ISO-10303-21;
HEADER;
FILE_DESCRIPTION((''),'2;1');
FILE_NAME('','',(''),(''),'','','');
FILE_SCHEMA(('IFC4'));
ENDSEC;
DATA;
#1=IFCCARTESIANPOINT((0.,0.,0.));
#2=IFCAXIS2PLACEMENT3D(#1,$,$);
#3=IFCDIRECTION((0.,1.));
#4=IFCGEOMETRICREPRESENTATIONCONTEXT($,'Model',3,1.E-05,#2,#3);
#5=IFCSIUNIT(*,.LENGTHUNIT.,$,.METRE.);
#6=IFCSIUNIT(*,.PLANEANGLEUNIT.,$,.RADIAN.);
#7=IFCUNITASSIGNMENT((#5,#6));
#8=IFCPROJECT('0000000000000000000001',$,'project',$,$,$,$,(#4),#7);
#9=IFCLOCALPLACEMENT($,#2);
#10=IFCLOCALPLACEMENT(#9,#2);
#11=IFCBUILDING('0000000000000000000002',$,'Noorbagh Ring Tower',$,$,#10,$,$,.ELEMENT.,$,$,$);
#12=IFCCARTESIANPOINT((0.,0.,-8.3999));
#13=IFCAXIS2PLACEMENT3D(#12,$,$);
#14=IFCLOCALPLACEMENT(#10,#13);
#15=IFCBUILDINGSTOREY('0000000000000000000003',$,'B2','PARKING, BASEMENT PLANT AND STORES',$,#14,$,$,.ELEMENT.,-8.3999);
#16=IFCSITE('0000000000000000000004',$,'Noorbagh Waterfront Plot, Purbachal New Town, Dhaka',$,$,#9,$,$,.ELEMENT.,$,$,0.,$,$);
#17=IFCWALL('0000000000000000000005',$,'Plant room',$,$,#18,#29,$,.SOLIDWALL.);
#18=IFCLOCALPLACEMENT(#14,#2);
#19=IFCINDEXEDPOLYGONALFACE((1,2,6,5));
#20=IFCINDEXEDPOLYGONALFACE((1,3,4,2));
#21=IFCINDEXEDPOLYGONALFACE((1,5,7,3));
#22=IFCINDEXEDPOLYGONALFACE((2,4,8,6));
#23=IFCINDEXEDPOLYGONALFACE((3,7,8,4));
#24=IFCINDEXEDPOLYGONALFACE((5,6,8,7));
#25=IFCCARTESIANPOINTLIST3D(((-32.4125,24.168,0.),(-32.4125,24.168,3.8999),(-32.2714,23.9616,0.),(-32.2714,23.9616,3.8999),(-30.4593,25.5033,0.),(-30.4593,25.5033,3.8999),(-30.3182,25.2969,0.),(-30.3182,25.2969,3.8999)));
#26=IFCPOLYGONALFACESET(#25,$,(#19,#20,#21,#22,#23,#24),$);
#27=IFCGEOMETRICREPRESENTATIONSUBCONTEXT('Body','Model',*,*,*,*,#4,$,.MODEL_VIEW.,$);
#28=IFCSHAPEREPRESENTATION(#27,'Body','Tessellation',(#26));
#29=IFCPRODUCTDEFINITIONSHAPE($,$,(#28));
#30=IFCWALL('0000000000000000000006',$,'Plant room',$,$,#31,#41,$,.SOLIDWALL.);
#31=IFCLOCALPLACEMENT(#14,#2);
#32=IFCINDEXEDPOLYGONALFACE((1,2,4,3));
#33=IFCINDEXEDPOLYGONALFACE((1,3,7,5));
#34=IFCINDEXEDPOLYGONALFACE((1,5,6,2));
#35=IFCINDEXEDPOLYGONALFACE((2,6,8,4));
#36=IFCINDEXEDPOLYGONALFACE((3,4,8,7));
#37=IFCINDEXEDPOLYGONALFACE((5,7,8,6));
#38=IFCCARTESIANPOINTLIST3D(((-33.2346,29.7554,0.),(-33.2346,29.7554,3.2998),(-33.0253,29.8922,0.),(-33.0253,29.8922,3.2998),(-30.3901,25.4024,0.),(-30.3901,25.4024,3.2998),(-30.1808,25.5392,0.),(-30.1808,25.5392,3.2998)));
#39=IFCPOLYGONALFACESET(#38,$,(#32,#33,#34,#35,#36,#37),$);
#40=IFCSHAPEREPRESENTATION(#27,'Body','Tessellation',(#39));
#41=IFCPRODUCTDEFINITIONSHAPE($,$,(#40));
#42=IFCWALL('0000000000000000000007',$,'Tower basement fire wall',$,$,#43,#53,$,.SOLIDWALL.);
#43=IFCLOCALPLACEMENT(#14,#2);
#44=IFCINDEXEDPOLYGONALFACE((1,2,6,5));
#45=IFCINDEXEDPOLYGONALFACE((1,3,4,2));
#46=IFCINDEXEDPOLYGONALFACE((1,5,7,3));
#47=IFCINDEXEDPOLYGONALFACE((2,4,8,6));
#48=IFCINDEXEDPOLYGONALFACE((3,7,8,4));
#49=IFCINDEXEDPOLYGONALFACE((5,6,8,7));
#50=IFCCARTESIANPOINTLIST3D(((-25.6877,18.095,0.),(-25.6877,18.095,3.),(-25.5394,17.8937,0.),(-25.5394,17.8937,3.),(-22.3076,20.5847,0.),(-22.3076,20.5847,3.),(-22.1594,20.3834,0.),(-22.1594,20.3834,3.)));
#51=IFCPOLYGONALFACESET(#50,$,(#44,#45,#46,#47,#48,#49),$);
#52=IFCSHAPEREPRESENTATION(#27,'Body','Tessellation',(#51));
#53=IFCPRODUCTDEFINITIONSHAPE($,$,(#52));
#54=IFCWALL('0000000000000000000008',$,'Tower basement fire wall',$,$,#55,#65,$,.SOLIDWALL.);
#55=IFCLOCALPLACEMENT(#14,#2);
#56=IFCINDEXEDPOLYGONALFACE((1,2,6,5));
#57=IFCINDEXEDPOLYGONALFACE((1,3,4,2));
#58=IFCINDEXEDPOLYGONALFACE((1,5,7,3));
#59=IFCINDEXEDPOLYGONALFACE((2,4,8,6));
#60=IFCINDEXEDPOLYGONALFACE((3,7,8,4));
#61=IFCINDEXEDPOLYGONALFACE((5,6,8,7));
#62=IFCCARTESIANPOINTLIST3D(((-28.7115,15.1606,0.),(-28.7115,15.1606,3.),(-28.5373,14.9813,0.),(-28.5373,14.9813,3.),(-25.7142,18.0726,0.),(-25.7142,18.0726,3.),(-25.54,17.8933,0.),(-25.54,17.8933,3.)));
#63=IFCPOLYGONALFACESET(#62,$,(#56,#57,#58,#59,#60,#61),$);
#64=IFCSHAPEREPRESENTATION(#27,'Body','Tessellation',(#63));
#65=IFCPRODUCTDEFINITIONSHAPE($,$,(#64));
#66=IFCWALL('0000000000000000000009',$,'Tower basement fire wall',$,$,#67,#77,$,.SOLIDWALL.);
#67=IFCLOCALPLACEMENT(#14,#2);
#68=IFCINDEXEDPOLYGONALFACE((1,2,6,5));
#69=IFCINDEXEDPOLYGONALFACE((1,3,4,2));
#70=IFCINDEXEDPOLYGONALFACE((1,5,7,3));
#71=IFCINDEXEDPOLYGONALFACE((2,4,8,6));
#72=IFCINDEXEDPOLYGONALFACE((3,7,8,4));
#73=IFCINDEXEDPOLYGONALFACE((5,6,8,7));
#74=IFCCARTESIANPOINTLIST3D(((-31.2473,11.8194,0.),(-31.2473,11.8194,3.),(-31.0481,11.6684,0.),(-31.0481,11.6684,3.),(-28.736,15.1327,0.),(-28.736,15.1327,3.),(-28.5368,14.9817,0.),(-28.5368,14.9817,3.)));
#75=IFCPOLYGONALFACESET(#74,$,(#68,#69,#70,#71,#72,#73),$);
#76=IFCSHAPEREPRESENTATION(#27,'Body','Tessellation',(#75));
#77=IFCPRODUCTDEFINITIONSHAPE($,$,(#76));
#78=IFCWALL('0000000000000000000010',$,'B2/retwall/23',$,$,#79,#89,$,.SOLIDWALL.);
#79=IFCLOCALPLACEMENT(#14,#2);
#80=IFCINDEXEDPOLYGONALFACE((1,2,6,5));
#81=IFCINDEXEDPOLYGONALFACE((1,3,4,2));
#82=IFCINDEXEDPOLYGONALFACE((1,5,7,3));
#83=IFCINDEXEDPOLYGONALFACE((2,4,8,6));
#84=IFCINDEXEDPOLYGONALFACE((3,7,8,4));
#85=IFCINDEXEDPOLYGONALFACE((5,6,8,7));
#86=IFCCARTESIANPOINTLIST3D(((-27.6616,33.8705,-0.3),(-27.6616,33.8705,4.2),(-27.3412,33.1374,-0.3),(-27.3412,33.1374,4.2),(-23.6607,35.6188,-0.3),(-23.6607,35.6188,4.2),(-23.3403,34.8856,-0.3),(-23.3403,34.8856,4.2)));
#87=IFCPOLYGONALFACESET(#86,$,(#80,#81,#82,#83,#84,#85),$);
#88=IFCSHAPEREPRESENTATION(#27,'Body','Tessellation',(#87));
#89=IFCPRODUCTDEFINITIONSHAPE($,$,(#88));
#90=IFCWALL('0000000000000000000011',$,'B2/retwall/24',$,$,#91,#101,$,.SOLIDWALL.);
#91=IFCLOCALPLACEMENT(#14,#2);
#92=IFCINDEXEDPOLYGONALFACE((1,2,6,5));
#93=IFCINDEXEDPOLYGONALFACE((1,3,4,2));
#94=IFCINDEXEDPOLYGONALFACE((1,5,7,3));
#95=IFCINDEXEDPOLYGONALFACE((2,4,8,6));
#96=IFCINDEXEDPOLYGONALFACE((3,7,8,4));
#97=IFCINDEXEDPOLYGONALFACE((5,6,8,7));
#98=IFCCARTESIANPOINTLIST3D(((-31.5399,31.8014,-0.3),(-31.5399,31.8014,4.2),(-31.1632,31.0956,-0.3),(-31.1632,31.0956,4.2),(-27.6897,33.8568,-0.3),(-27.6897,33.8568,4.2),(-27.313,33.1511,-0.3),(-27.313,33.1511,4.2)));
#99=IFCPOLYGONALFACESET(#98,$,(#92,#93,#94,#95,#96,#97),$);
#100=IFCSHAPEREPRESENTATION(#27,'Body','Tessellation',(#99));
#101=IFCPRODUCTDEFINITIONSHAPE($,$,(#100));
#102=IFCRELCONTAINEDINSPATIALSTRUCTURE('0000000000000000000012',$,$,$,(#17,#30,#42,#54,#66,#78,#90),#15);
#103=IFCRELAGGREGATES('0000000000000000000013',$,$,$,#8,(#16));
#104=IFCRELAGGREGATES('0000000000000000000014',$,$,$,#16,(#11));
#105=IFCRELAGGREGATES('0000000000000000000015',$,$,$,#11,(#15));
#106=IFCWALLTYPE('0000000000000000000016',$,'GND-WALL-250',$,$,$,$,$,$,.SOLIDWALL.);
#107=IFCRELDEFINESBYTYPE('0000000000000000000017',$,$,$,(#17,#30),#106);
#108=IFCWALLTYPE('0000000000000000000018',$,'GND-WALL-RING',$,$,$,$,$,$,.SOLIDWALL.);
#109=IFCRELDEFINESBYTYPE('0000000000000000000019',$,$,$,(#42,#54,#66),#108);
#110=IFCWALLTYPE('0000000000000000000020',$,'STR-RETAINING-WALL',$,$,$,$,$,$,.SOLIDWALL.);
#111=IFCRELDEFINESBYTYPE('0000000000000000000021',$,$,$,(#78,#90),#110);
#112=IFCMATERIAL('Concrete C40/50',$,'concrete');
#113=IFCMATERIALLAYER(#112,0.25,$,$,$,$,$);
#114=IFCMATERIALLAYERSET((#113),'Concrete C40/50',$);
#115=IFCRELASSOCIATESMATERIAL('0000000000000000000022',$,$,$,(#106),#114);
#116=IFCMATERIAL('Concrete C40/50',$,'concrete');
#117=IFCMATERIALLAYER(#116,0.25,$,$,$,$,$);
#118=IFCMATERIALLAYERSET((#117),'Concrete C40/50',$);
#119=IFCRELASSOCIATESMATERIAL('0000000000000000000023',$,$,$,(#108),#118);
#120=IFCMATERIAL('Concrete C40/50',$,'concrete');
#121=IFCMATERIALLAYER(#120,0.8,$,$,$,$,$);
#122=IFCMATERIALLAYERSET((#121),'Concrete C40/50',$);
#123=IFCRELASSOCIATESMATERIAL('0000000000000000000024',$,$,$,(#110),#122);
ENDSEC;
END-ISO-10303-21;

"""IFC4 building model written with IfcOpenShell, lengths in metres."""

from ifc_helpers import new_model, si_unit, direction, frame, frame_2d, origin, place, context, subcontext, project, spatial, rectangle, extrude, material, layer, layer_set, type_object, element, save


model = new_model("IFC4")

# Units and contexts
model_context = context("Model", 3, precision=1e-05, world=origin(), true_north=direction((0.0, 1.0)))
body_context = subcontext(model_context, "Body", "Model", "MODEL_VIEW")
ifc_project = project(units=[si_unit("LENGTHUNIT", "METRE"), si_unit("PLANEANGLEUNIT", "RADIAN")], contexts=[model_context])

# Site, building, storey
site_placement = place(None, origin())
site = spatial("IfcSite", under=ifc_project, at=site_placement, Name="Noorbagh Waterfront Plot, Purbachal New Town, Dhaka", CompositionType="ELEMENT", RefElevation=0.0)
building_placement = place(site_placement, origin())
building = spatial("IfcBuilding", under=site, at=building_placement, Name="Noorbagh Ring Tower", CompositionType="ELEMENT")
storey_placement = place(building_placement, frame((0.0, 0.0, -8.3999)))
storey = spatial("IfcBuildingStorey", under=building, at=storey_placement, Name="B2", Description="PARKING, BASEMENT PLANT AND STORES", CompositionType="ELEMENT", Elevation=-8.3999)

# Walls
ifc_material_1 = material(Name="Concrete C40/50", Category="concrete")
ifc_layer_1 = layer(ifc_material_1, 0.25)
ifc_layer_set_1 = layer_set([ifc_layer_1], Name="Concrete C40/50")
wall_type_1 = type_object("IfcWallType", Name="GND-WALL-250", PredefinedType="SOLIDWALL", material=ifc_layer_set_1)
wall_1_placement = place(storey_placement, frame((-30.3887, 25.4001, 0.0), z_axis=(0.0, 0.0, 1.0), x_axis=(-0.825532, -0.564355, 0.0)))
element("IfcWall", 1, at=wall_1_placement, inside=storey, type_object=wall_type_1, Name="Plant room", PredefinedType="SOLIDWALL", context=body_context, shape_type="SweptSolid", body=[
    extrude(rectangle(XDim=2.366, YDim=0.25, at=frame_2d((1.1831, 0.0))), origin(), (0.0, 0.0, 1.0), 3.8999),
])
wall_2_placement = place(storey_placement, frame((-30.2854, 25.4707, 0.0), z_axis=(0.0, 0.0, 1.0), x_axis=(-0.547017, 0.837122, 0.0)))
element("IfcWall", 2, at=wall_2_placement, inside=storey, type_object=wall_type_1, Name="Plant room", PredefinedType="SOLIDWALL", context=body_context, shape_type="SweptSolid", body=[
    extrude(rectangle(XDim=5.2, YDim=0.25, at=frame_2d((2.6001, 0.0))), origin(), (0.0, 0.0, 1.0), 3.2998),
])
ifc_material_2 = material(Name="Concrete C40/50", Category="concrete")
ifc_layer_2 = layer(ifc_material_2, 0.25)
ifc_layer_set_2 = layer_set([ifc_layer_2], Name="Concrete C40/50")
wall_type_2 = type_object("IfcWallType", Name="GND-WALL-RING", PredefinedType="SOLIDWALL", material=ifc_layer_set_2)
wall_3_placement = place(storey_placement, frame((-22.2334, 20.4841, 0.0), z_axis=(0.0, 0.0, 1.0), x_axis=(-0.805155, -0.593064, 0.0)))
element("IfcWall", 3, at=wall_3_placement, inside=storey, type_object=wall_type_2, Name="Tower basement fire wall", PredefinedType="SOLIDWALL", context=body_context, shape_type="SweptSolid", body=[
    extrude(rectangle(XDim=4.198, YDim=0.25, at=frame_2d((2.0991, 0.0))), origin(), (0.0, 0.0, 1.0), 3.0),
])
wall_4_placement = place(storey_placement, frame((-25.6272, 17.9829, 0.0), z_axis=(0.0, 0.0, 1.0), x_axis=(-0.717228, -0.696839, 0.0)))
element("IfcWall", 4, at=wall_4_placement, inside=storey, type_object=wall_type_2, Name="Tower basement fire wall", PredefinedType="SOLIDWALL", context=body_context, shape_type="SweptSolid", body=[
    extrude(rectangle(XDim=4.179, YDim=0.25, at=frame_2d((2.0894, 0.0))), origin(), (0.0, 0.0, 1.0), 3.0),
])
wall_5_placement = place(storey_placement, frame((-28.6365, 15.0571, 0.0), z_axis=(0.0, 0.0, 1.0), x_axis=(-0.604042, -0.796953, 0.0)))
element("IfcWall", 5, at=wall_5_placement, inside=storey, type_object=wall_type_2, Name="Tower basement fire wall", PredefinedType="SOLIDWALL", context=body_context, shape_type="SweptSolid", body=[
    extrude(rectangle(XDim=4.1575, YDim=0.25, at=frame_2d((2.0786, 0.0))), origin(), (0.0, 0.0, 1.0), 3.0),
])
ifc_material_3 = material(Name="Concrete C40/50", Category="concrete")
ifc_layer_3 = layer(ifc_material_3, 0.8)
ifc_layer_set_3 = layer_set([ifc_layer_3], Name="Concrete C40/50")
wall_type_3 = type_object("IfcWallType", Name="STR-RETAINING-WALL", PredefinedType="SOLIDWALL", material=ifc_layer_set_3)
wall_6_placement = place(storey_placement, frame((-23.5005, 35.2522, -0.3), z_axis=(0.0, 0.0, 1.0), x_axis=(-0.916337, -0.400408, 0.0)))
element("IfcWall", 6, at=wall_6_placement, inside=storey, type_object=wall_type_3, Name="B2/retwall/23", PredefinedType="SOLIDWALL", context=body_context, shape_type="SweptSolid", body=[
    extrude(rectangle(XDim=4.3662, YDim=0.8, at=frame_2d((2.1831, 0.0))), origin(), (0.0, 0.0, 1.0), 4.5),
])
wall_7_placement = place(storey_placement, frame((-27.5015, 33.5039, -0.3), z_axis=(0.0, 0.0, 1.0), x_axis=(-0.882159, -0.470951, 0.0)))
element("IfcWall", 7, at=wall_7_placement, inside=storey, type_object=wall_type_3, Name="B2/retwall/24", PredefinedType="SOLIDWALL", context=body_context, shape_type="SweptSolid", body=[
    extrude(rectangle(XDim=4.3645, YDim=0.8, at=frame_2d((2.1821, 0.0))), origin(), (0.0, 0.0, 1.0), 4.5),
])

save(model, "model.ifc")
